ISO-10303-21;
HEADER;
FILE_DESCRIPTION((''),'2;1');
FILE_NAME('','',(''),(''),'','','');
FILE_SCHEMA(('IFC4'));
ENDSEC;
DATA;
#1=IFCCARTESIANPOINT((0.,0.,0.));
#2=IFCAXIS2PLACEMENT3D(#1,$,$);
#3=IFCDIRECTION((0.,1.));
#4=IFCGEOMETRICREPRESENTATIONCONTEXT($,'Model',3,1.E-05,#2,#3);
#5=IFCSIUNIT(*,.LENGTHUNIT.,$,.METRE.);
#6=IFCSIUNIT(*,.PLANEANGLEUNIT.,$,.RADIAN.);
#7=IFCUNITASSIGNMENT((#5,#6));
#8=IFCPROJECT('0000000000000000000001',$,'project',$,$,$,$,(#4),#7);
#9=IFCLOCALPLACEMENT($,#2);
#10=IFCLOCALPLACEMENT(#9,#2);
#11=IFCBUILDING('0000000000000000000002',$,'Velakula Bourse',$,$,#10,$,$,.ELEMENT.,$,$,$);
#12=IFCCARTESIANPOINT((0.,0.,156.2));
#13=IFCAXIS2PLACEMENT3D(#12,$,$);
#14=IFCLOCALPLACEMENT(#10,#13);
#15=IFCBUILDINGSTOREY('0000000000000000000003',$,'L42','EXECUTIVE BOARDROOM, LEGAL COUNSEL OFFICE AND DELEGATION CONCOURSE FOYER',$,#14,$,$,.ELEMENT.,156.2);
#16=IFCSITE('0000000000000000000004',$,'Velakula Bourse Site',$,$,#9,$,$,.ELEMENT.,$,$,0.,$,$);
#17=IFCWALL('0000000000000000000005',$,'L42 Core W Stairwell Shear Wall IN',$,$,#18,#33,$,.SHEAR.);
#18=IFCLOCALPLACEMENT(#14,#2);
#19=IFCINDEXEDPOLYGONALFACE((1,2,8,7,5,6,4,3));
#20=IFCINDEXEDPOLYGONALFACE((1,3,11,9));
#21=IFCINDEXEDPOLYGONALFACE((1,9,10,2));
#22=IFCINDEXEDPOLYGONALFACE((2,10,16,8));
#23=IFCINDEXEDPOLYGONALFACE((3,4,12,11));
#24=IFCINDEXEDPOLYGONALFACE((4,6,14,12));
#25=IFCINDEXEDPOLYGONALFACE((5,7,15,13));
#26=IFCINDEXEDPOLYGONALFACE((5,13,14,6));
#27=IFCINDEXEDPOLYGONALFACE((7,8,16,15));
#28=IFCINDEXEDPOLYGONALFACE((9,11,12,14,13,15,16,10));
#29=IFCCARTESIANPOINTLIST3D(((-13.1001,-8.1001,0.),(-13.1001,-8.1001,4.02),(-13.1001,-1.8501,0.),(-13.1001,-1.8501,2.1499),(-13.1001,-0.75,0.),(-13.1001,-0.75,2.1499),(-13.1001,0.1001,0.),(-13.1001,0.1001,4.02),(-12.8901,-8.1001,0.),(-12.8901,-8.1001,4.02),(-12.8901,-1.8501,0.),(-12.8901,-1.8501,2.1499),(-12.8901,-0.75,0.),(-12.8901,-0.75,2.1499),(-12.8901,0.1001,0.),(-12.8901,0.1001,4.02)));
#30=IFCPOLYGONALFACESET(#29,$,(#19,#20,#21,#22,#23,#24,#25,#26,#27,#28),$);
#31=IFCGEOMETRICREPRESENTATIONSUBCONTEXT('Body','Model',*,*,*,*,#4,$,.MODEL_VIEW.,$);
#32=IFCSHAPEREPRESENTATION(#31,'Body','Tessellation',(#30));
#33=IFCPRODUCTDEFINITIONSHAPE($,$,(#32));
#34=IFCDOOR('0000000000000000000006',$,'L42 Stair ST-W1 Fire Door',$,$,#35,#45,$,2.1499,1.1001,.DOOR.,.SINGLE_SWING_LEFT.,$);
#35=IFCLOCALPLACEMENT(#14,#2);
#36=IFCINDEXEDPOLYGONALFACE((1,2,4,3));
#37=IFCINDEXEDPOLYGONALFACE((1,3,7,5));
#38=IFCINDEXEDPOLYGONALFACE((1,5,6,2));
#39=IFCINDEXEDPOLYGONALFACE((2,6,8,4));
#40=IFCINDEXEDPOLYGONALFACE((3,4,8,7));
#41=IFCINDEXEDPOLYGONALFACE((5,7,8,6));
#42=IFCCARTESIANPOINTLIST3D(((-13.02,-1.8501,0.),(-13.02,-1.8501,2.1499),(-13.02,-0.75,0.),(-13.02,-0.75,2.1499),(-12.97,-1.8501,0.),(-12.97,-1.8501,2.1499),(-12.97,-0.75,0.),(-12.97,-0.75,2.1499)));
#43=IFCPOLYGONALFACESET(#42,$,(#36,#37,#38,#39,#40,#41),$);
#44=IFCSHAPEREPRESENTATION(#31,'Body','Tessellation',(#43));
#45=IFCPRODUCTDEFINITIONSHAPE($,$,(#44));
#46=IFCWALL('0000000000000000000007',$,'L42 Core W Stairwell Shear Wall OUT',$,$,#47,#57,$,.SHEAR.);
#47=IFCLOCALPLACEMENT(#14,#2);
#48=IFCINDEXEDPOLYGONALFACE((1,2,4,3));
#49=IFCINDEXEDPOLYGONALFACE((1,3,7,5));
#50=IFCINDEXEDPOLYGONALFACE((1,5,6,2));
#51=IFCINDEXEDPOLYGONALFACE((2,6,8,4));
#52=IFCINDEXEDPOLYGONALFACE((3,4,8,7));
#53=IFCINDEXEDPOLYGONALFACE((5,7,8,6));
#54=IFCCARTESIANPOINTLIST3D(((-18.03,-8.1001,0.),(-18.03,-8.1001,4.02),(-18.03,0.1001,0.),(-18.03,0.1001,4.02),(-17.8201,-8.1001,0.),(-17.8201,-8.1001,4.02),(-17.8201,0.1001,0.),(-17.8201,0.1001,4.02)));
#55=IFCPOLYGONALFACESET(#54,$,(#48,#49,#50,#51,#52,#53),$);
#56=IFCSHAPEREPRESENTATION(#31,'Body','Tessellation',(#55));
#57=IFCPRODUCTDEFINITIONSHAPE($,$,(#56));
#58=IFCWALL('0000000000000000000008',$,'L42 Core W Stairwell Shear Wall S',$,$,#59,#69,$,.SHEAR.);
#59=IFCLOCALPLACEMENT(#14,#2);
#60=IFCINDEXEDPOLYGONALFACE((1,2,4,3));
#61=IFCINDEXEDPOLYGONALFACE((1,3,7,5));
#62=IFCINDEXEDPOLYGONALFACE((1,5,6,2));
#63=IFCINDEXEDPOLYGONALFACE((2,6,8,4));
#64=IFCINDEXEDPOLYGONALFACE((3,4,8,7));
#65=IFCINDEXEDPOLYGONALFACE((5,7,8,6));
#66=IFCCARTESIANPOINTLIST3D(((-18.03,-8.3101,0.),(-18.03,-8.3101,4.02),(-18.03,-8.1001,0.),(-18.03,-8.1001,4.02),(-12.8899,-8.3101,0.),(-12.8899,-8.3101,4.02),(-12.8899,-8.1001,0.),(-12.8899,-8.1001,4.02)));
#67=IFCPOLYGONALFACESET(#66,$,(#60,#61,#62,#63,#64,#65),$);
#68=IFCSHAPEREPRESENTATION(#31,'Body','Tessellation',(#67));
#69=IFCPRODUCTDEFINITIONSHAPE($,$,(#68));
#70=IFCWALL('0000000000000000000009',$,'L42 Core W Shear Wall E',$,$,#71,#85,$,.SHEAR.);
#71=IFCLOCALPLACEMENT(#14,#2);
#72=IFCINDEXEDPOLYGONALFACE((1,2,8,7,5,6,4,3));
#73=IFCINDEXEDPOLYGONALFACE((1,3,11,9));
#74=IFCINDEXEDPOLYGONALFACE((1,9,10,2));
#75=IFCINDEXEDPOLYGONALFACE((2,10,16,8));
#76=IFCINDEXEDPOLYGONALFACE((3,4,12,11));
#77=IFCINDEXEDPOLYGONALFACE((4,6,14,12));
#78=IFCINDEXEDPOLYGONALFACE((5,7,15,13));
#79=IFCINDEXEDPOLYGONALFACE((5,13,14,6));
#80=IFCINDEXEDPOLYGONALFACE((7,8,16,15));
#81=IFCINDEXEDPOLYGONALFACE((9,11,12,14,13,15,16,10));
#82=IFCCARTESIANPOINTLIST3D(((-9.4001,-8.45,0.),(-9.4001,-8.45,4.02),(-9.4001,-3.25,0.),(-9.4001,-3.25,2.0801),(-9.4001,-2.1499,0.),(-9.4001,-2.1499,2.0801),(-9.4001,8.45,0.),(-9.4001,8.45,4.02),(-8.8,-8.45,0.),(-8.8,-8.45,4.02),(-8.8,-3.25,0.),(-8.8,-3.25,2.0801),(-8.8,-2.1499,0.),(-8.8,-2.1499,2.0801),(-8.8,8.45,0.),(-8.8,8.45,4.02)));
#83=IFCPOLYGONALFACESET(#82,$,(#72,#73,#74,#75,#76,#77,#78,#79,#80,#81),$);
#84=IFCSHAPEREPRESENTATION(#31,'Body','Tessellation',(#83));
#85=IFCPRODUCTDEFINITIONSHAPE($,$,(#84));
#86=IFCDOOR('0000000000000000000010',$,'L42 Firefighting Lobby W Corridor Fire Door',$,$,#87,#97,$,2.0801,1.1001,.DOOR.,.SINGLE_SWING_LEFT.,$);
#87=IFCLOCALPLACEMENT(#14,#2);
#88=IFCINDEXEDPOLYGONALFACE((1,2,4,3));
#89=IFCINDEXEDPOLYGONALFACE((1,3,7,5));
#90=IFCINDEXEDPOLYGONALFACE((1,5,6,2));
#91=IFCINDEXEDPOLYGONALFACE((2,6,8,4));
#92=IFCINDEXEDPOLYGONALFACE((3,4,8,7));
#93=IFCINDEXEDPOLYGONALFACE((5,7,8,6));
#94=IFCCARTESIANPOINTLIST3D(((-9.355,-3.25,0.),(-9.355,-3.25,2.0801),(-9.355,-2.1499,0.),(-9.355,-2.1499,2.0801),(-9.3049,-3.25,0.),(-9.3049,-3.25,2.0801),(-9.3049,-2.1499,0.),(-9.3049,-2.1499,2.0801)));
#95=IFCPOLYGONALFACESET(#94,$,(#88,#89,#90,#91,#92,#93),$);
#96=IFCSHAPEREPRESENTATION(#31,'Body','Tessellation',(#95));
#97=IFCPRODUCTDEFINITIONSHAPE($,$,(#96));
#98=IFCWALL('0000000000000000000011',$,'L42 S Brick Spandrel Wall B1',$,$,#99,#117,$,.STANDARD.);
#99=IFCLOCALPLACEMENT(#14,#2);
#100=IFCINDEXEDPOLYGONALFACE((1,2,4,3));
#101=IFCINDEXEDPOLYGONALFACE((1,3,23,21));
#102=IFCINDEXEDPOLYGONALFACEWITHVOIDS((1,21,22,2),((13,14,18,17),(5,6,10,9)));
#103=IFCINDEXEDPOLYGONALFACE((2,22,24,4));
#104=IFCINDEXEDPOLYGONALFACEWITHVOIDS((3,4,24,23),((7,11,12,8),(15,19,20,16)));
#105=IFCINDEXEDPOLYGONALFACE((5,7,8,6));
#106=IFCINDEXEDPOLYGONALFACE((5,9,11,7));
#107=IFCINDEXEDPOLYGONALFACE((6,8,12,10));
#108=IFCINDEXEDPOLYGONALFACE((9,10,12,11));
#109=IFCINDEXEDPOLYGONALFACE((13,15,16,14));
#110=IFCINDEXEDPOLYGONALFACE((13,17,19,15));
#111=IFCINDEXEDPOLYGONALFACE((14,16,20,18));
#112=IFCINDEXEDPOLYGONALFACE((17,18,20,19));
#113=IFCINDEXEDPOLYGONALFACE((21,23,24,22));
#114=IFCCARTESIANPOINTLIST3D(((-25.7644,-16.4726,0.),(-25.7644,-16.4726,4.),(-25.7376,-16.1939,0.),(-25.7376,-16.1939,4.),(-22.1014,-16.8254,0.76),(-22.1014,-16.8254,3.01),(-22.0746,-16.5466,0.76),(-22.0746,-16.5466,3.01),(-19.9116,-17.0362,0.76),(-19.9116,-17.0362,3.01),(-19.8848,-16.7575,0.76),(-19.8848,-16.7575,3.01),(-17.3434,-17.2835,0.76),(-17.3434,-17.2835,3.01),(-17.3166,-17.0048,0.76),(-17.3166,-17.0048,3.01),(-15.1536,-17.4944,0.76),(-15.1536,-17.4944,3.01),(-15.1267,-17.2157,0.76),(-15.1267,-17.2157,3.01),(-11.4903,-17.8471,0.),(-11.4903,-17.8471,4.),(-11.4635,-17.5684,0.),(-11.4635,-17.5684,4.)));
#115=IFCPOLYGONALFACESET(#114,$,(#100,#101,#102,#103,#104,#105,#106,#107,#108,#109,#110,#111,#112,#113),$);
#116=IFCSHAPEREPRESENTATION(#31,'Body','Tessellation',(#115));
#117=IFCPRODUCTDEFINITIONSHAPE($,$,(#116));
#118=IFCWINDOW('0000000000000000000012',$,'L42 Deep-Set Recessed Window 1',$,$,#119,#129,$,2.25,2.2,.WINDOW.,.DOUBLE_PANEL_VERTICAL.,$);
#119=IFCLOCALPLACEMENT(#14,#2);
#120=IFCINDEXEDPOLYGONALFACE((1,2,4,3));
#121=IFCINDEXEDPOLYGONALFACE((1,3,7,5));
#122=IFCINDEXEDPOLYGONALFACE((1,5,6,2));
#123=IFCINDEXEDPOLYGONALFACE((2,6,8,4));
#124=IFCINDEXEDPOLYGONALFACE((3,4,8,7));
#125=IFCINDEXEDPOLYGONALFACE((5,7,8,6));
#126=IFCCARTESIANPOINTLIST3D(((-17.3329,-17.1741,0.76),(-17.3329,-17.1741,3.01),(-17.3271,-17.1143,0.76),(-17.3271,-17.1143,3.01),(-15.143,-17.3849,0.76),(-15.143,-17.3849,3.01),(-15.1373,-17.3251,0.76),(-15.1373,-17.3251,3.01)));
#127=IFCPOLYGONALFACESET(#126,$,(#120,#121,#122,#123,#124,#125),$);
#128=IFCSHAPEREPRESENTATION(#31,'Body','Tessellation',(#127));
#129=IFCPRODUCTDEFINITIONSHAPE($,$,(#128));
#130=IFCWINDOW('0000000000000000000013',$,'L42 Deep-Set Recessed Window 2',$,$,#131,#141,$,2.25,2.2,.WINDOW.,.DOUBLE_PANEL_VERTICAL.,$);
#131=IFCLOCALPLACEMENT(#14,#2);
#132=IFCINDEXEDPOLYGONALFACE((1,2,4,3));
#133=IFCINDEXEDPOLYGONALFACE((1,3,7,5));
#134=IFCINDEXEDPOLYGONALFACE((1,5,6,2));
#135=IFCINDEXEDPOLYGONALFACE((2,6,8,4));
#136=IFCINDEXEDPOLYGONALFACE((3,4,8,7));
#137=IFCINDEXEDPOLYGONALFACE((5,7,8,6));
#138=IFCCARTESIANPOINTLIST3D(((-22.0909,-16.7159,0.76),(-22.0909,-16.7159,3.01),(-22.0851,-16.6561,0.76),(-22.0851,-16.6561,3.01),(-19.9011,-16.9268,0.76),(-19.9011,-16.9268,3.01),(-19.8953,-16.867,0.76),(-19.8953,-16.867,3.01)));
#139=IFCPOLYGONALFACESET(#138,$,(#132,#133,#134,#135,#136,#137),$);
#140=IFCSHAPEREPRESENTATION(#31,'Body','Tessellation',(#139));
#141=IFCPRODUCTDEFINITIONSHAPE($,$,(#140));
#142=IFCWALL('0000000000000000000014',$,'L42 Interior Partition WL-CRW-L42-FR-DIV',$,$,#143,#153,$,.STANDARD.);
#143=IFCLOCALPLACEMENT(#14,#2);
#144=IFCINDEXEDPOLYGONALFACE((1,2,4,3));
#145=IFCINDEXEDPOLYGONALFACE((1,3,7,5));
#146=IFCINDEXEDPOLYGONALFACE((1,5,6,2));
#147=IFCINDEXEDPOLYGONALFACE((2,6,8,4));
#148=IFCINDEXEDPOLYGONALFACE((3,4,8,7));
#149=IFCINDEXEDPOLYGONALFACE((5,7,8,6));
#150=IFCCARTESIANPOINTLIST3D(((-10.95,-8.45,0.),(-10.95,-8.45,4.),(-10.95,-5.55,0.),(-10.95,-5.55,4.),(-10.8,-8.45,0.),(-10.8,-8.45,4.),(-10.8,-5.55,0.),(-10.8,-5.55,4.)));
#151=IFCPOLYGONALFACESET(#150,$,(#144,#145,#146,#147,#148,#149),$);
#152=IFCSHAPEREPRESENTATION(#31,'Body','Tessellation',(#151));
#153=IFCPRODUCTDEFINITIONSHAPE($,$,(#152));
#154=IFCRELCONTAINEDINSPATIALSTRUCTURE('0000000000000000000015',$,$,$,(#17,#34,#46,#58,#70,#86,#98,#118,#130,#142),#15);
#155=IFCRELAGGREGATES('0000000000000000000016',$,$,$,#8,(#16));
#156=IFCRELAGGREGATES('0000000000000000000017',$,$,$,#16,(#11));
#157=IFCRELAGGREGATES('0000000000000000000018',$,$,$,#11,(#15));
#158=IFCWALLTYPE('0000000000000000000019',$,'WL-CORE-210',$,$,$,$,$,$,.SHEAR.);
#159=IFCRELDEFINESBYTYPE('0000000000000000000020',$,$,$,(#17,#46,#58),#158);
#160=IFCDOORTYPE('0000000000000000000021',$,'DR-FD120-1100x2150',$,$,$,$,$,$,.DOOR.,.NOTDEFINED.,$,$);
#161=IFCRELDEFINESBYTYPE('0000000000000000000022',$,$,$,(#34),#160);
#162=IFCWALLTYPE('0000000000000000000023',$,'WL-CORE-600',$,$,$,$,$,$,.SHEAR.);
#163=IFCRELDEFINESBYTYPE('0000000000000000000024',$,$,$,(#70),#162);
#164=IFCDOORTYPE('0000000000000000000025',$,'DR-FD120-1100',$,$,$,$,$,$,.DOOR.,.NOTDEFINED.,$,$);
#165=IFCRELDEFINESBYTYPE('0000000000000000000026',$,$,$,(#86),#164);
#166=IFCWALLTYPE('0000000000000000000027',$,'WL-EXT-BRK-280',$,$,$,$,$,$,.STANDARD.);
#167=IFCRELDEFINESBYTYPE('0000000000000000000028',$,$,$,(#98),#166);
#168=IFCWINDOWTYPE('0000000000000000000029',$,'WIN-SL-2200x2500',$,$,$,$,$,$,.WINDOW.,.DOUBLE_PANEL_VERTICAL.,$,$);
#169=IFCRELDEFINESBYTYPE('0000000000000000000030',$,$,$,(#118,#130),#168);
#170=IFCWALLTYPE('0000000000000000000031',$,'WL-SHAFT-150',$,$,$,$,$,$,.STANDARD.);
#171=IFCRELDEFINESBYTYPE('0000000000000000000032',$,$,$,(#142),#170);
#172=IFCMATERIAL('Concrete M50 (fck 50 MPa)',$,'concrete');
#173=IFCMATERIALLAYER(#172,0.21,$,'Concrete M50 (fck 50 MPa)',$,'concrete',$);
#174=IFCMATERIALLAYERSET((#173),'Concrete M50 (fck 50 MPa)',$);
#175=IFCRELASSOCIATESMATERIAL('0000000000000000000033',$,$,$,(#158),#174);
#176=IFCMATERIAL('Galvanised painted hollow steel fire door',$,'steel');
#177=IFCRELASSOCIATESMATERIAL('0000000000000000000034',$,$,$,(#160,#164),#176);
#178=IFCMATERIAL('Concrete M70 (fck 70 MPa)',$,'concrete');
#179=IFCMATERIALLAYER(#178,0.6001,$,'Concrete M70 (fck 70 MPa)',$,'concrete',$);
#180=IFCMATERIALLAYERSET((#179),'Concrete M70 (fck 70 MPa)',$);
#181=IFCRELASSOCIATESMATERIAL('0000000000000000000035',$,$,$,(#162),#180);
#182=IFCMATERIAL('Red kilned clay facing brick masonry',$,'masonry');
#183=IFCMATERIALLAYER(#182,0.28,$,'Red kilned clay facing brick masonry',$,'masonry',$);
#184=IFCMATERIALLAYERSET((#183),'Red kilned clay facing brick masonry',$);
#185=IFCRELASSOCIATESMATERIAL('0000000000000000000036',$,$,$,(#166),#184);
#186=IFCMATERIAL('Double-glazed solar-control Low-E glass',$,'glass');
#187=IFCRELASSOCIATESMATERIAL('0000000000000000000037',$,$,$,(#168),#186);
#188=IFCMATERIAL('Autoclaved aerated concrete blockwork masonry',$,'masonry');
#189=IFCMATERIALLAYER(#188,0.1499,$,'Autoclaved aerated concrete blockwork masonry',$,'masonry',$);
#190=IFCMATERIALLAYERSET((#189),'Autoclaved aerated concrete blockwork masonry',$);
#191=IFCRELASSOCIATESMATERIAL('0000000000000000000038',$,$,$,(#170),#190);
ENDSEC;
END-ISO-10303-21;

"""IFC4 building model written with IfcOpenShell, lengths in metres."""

from ifc_helpers import new_model, si_unit, direction, frame, frame_2d, origin, place, context, subcontext, project, spatial, rectangle, extrude, material, layer, layer_set, type_object, element, fill, save


model = new_model("IFC4")

# Units and contexts
model_context = context("Model", 3, precision=1e-05, world=origin(), true_north=direction((0.0, 1.0)))
body_context = subcontext(model_context, "Body", "Model", "MODEL_VIEW")
ifc_project = project(units=[si_unit("LENGTHUNIT", "METRE"), si_unit("PLANEANGLEUNIT", "RADIAN")], contexts=[model_context])

# Site, building, storey
site_placement = place(None, origin())
site = spatial("IfcSite", under=ifc_project, at=site_placement, Name="Velakula Bourse Site", CompositionType="ELEMENT", RefElevation=0.0)
building_placement = place(site_placement, origin())
building = spatial("IfcBuilding", under=site, at=building_placement, Name="Velakula Bourse", CompositionType="ELEMENT")
storey_placement = place(building_placement, frame((0.0, 0.0, 156.2)))
storey = spatial("IfcBuildingStorey", under=building, at=storey_placement, Name="L42", Description="EXECUTIVE BOARDROOM, LEGAL COUNSEL OFFICE AND DELEGATION CONCOURSE FOYER", CompositionType="ELEMENT", Elevation=156.2)

# Shared definitions
ifc_material_1 = material(Name="Concrete M70 (fck 70 MPa)", Category="concrete")

# Shared definitions
ifc_material_2 = material(Name="Concrete M50 (fck 50 MPa)", Category="concrete")

# Wall, opening, door
ifc_layer_1 = layer(ifc_material_2, 0.21, Name="Concrete M50 (fck 50 MPa)", Category="concrete")
ifc_layer_set_1 = layer_set([ifc_layer_1], Name="Concrete M50 (fck 50 MPa)")
wall_type_1 = type_object("IfcWallType", Name="WL-CORE-210", PredefinedType="SHEAR", material=ifc_layer_set_1)
wall_1_placement = place(storey_placement, frame((-12.9951, -8.1001, 0.0), z_axis=(0.0, 0.0, 1.0), x_axis=(0.0, 1.0, 0.0)))
wall_1 = element("IfcWall", 1, at=wall_1_placement, inside=storey, type_object=wall_type_1, Name="L42 Core W Stairwell Shear Wall IN", PredefinedType="SHEAR", context=body_context, shape_type="SweptSolid", body=[
    extrude(rectangle(XDim=8.2002, YDim=0.21, at=frame_2d((4.1001, 0.0))), origin(), (0.0, 0.0, 1.0), 4.02),
])
opening_1_placement = place(wall_1_placement, frame((6.25, 0.0, 0.0)))
opening_1 = element("IfcOpeningElement", 2, at=opening_1_placement, cuts=wall_1, PredefinedType="OPENING", context=body_context, shape_type="SweptSolid", body=[
    extrude(rectangle(XDim=1.1001, YDim=2.1499, at=frame_2d((0.55, 1.075))), frame((0.0, 0.115, 0.0), z_axis=(0.0, -1.0, 0.0), x_axis=(1.0, 0.0, 0.0)), (0.0, 0.0, 1.0), 0.23),
])
ifc_material_3 = material(Name="Galvanised painted hollow steel fire door", Category="steel")
door_type_1 = type_object("IfcDoorType", Name="DR-FD120-1100x2150", OperationType="NOTDEFINED", PredefinedType="DOOR", material=ifc_material_3)
door_1_placement = place(opening_1_placement, origin())
door_1 = element("IfcDoor", 3, at=door_1_placement, inside=storey, type_object=door_type_1, Name="L42 Stair ST-W1 Fire Door", OperationType="SINGLE_SWING_LEFT", OverallHeight=2.1499, OverallWidth=1.1001, PredefinedType="DOOR", context=body_context, shape_type="SweptSolid", body=[
    extrude(rectangle(XDim=1.1001, YDim=2.1499, at=frame_2d((0.55, 1.075))), frame((0.0, 0.0249, 0.0), z_axis=(0.0, -1.0, 0.0), x_axis=(1.0, 0.0, 0.0)), (0.0, 0.0, 1.0), 0.05),
])
fill(opening_1, door_1)

# Walls
wall_2_placement = place(storey_placement, frame((-17.925, -8.1001, 0.0), z_axis=(0.0, 0.0, 1.0), x_axis=(0.0, 1.0, 0.0)))
element("IfcWall", 4, at=wall_2_placement, inside=storey, type_object=wall_type_1, Name="L42 Core W Stairwell Shear Wall OUT", PredefinedType="SHEAR", context=body_context, shape_type="SweptSolid", body=[
    extrude(rectangle(XDim=8.2002, YDim=0.21, at=frame_2d((4.1001, 0.0))), origin(), (0.0, 0.0, 1.0), 4.02),
])
wall_3_placement = place(storey_placement, frame((-18.03, -8.2051, 0.0), z_axis=(0.0, 0.0, 1.0), x_axis=(1.0, 0.0, 0.0)))
element("IfcWall", 5, at=wall_3_placement, inside=storey, type_object=wall_type_1, Name="L42 Core W Stairwell Shear Wall S", PredefinedType="SHEAR", context=body_context, shape_type="SweptSolid", body=[
    extrude(rectangle(XDim=5.1401, YDim=0.21, at=frame_2d((2.5701, 0.0))), origin(), (0.0, 0.0, 1.0), 4.02),
])

# Wall, opening, door
ifc_layer_2 = layer(ifc_material_1, 0.6001, Name="Concrete M70 (fck 70 MPa)", Category="concrete")
ifc_layer_set_2 = layer_set([ifc_layer_2], Name="Concrete M70 (fck 70 MPa)")
wall_type_2 = type_object("IfcWallType", Name="WL-CORE-600", PredefinedType="SHEAR", material=ifc_layer_set_2)
wall_4_placement = place(storey_placement, frame((-9.1001, -8.45, 0.0), z_axis=(0.0, 0.0, 1.0), x_axis=(0.0, 1.0, 0.0)))
wall_4 = element("IfcWall", 6, at=wall_4_placement, inside=storey, type_object=wall_type_2, Name="L42 Core W Shear Wall E", PredefinedType="SHEAR", context=body_context, shape_type="SweptSolid", body=[
    extrude(rectangle(XDim=16.8999, YDim=0.6001, at=frame_2d((8.45, 0.0))), origin(), (0.0, 0.0, 1.0), 4.02),
])
opening_2_placement = place(wall_4_placement, frame((5.2, 0.0, 0.0)))
opening_2 = element("IfcOpeningElement", 7, at=opening_2_placement, cuts=wall_4, PredefinedType="OPENING", context=body_context, shape_type="SweptSolid", body=[
    extrude(rectangle(XDim=1.1001, YDim=2.0801, at=frame_2d((0.55, 1.04))), frame((0.0, 0.3101, 0.0), z_axis=(0.0, -1.0, 0.0), x_axis=(1.0, 0.0, 0.0)), (0.0, 0.0, 1.0), 0.6201),
])
door_type_2 = type_object("IfcDoorType", Name="DR-FD120-1100", OperationType="NOTDEFINED", PredefinedType="DOOR", material=ifc_material_3)
door_2_placement = place(opening_2_placement, origin())
door_2 = element("IfcDoor", 8, at=door_2_placement, inside=storey, type_object=door_type_2, Name="L42 Firefighting Lobby W Corridor Fire Door", OperationType="SINGLE_SWING_LEFT", OverallHeight=2.0801, OverallWidth=1.1001, PredefinedType="DOOR", context=body_context, shape_type="SweptSolid", body=[
    extrude(rectangle(XDim=1.1001, YDim=2.0801, at=frame_2d((0.55, 1.04))), frame((0.0, 0.2549, 0.0), z_axis=(0.0, -1.0, 0.0), x_axis=(1.0, 0.0, 0.0)), (0.0, 0.0, 1.0), 0.05),
])
fill(opening_2, door_2)

# Wall, openings, windows
ifc_material_4 = material(Name="Red kilned clay facing brick masonry", Category="masonry")
ifc_layer_3 = layer(ifc_material_4, 0.28, Name="Red kilned clay facing brick masonry", Category="masonry")
ifc_layer_set_3 = layer_set([ifc_layer_3], Name="Red kilned clay facing brick masonry")
wall_type_3 = type_object("IfcWallType", Name="WL-EXT-BRK-280", PredefinedType="STANDARD", material=ifc_layer_set_3)
wall_5_placement = place(storey_placement, frame((-11.4771, -17.7078, 0.0), z_axis=(0.0, 0.0, 1.0), x_axis=(-0.995396, 0.09585, 0.0)))
wall_5 = element("IfcWall", 9, at=wall_5_placement, inside=storey, type_object=wall_type_3, Name="L42 S Brick Spandrel Wall B1", PredefinedType="STANDARD", context=body_context, shape_type="SweptSolid", body=[
    extrude(rectangle(XDim=14.3401, YDim=0.28, at=frame_2d((7.1699, 0.0))), origin(), (0.0, 0.0, 1.0), 4.0),
])
opening_3_placement = place(wall_5_placement, frame((3.6799, 0.0, 0.76)))
opening_3 = element("IfcOpeningElement", 10, at=opening_3_placement, cuts=wall_5, PredefinedType="OPENING", context=body_context, shape_type="SweptSolid", body=[
    extrude(rectangle(XDim=2.2, YDim=2.25, at=frame_2d((1.1001, 1.125))), frame((0.0, 0.1499, 0.0), z_axis=(0.0, -1.0, 0.0), x_axis=(1.0, 0.0, 0.0)), (0.0, 0.0, 1.0), 0.3),
])
opening_4_placement = place(wall_5_placement, frame((8.46, 0.0, 0.76)))
opening_4 = element("IfcOpeningElement", 11, at=opening_4_placement, cuts=wall_5, PredefinedType="OPENING", context=body_context, shape_type="SweptSolid", body=[
    extrude(rectangle(XDim=2.2, YDim=2.25, at=frame_2d((1.1001, 1.125))), frame((0.0, 0.1499, 0.0), z_axis=(0.0, -1.0, 0.0), x_axis=(1.0, 0.0, 0.0)), (0.0, 0.0, 1.0), 0.3),
])
ifc_material_5 = material(Name="Double-glazed solar-control Low-E glass", Category="glass")
window_type = type_object("IfcWindowType", Name="WIN-SL-2200x2500", PartitioningType="DOUBLE_PANEL_VERTICAL", PredefinedType="WINDOW", material=ifc_material_5)
window_1_placement = place(opening_3_placement, origin())
window_1 = element("IfcWindow", 12, at=window_1_placement, inside=storey, type_object=window_type, Name="L42 Deep-Set Recessed Window 1", OverallHeight=2.25, OverallWidth=2.2, PartitioningType="DOUBLE_PANEL_VERTICAL", PredefinedType="WINDOW", context=body_context, shape_type="SweptSolid", body=[
    extrude(rectangle(XDim=2.2, YDim=2.25, at=frame_2d((1.1001, 1.125))), frame((0.0, 0.03, 0.0), z_axis=(0.0, -1.0, 0.0), x_axis=(1.0, 0.0, 0.0)), (0.0, 0.0, 1.0), 0.0601),
])
fill(opening_3, window_1)
window_2_placement = place(opening_4_placement, origin())
window_2 = element("IfcWindow", 13, at=window_2_placement, inside=storey, type_object=window_type, Name="L42 Deep-Set Recessed Window 2", OverallHeight=2.25, OverallWidth=2.2, PartitioningType="DOUBLE_PANEL_VERTICAL", PredefinedType="WINDOW", context=body_context, shape_type="SweptSolid", body=[
    extrude(rectangle(XDim=2.2, YDim=2.25, at=frame_2d((1.1001, 1.125))), frame((0.0, 0.03, 0.0), z_axis=(0.0, -1.0, 0.0), x_axis=(1.0, 0.0, 0.0)), (0.0, 0.0, 1.0), 0.0601),
])
fill(opening_4, window_2)

# Shared definitions
ifc_material_6 = material(Name="Autoclaved aerated concrete blockwork masonry", Category="masonry")
ifc_layer_4 = layer(ifc_material_6, 0.1499, Name="Autoclaved aerated concrete blockwork masonry", Category="masonry")
ifc_layer_set_4 = layer_set([ifc_layer_4], Name="Autoclaved aerated concrete blockwork masonry")
wall_type_4 = type_object("IfcWallType", Name="WL-SHAFT-150", PredefinedType="STANDARD", material=ifc_layer_set_4)

# Wall
wall_6_placement = place(storey_placement, frame((-10.875, -8.45, 0.0), z_axis=(0.0, 0.0, 1.0), x_axis=(0.0, 1.0, 0.0)))
element("IfcWall", 14, at=wall_6_placement, inside=storey, type_object=wall_type_4, Name="L42 Interior Partition WL-CRW-L42-FR-DIV", PredefinedType="STANDARD", context=body_context, shape_type="SweptSolid", body=[
    extrude(rectangle(XDim=2.8999, YDim=0.1499, at=frame_2d((1.45, 0.0))), origin(), (0.0, 0.0, 1.0), 4.0),
])

save(model, "model.ifc")
